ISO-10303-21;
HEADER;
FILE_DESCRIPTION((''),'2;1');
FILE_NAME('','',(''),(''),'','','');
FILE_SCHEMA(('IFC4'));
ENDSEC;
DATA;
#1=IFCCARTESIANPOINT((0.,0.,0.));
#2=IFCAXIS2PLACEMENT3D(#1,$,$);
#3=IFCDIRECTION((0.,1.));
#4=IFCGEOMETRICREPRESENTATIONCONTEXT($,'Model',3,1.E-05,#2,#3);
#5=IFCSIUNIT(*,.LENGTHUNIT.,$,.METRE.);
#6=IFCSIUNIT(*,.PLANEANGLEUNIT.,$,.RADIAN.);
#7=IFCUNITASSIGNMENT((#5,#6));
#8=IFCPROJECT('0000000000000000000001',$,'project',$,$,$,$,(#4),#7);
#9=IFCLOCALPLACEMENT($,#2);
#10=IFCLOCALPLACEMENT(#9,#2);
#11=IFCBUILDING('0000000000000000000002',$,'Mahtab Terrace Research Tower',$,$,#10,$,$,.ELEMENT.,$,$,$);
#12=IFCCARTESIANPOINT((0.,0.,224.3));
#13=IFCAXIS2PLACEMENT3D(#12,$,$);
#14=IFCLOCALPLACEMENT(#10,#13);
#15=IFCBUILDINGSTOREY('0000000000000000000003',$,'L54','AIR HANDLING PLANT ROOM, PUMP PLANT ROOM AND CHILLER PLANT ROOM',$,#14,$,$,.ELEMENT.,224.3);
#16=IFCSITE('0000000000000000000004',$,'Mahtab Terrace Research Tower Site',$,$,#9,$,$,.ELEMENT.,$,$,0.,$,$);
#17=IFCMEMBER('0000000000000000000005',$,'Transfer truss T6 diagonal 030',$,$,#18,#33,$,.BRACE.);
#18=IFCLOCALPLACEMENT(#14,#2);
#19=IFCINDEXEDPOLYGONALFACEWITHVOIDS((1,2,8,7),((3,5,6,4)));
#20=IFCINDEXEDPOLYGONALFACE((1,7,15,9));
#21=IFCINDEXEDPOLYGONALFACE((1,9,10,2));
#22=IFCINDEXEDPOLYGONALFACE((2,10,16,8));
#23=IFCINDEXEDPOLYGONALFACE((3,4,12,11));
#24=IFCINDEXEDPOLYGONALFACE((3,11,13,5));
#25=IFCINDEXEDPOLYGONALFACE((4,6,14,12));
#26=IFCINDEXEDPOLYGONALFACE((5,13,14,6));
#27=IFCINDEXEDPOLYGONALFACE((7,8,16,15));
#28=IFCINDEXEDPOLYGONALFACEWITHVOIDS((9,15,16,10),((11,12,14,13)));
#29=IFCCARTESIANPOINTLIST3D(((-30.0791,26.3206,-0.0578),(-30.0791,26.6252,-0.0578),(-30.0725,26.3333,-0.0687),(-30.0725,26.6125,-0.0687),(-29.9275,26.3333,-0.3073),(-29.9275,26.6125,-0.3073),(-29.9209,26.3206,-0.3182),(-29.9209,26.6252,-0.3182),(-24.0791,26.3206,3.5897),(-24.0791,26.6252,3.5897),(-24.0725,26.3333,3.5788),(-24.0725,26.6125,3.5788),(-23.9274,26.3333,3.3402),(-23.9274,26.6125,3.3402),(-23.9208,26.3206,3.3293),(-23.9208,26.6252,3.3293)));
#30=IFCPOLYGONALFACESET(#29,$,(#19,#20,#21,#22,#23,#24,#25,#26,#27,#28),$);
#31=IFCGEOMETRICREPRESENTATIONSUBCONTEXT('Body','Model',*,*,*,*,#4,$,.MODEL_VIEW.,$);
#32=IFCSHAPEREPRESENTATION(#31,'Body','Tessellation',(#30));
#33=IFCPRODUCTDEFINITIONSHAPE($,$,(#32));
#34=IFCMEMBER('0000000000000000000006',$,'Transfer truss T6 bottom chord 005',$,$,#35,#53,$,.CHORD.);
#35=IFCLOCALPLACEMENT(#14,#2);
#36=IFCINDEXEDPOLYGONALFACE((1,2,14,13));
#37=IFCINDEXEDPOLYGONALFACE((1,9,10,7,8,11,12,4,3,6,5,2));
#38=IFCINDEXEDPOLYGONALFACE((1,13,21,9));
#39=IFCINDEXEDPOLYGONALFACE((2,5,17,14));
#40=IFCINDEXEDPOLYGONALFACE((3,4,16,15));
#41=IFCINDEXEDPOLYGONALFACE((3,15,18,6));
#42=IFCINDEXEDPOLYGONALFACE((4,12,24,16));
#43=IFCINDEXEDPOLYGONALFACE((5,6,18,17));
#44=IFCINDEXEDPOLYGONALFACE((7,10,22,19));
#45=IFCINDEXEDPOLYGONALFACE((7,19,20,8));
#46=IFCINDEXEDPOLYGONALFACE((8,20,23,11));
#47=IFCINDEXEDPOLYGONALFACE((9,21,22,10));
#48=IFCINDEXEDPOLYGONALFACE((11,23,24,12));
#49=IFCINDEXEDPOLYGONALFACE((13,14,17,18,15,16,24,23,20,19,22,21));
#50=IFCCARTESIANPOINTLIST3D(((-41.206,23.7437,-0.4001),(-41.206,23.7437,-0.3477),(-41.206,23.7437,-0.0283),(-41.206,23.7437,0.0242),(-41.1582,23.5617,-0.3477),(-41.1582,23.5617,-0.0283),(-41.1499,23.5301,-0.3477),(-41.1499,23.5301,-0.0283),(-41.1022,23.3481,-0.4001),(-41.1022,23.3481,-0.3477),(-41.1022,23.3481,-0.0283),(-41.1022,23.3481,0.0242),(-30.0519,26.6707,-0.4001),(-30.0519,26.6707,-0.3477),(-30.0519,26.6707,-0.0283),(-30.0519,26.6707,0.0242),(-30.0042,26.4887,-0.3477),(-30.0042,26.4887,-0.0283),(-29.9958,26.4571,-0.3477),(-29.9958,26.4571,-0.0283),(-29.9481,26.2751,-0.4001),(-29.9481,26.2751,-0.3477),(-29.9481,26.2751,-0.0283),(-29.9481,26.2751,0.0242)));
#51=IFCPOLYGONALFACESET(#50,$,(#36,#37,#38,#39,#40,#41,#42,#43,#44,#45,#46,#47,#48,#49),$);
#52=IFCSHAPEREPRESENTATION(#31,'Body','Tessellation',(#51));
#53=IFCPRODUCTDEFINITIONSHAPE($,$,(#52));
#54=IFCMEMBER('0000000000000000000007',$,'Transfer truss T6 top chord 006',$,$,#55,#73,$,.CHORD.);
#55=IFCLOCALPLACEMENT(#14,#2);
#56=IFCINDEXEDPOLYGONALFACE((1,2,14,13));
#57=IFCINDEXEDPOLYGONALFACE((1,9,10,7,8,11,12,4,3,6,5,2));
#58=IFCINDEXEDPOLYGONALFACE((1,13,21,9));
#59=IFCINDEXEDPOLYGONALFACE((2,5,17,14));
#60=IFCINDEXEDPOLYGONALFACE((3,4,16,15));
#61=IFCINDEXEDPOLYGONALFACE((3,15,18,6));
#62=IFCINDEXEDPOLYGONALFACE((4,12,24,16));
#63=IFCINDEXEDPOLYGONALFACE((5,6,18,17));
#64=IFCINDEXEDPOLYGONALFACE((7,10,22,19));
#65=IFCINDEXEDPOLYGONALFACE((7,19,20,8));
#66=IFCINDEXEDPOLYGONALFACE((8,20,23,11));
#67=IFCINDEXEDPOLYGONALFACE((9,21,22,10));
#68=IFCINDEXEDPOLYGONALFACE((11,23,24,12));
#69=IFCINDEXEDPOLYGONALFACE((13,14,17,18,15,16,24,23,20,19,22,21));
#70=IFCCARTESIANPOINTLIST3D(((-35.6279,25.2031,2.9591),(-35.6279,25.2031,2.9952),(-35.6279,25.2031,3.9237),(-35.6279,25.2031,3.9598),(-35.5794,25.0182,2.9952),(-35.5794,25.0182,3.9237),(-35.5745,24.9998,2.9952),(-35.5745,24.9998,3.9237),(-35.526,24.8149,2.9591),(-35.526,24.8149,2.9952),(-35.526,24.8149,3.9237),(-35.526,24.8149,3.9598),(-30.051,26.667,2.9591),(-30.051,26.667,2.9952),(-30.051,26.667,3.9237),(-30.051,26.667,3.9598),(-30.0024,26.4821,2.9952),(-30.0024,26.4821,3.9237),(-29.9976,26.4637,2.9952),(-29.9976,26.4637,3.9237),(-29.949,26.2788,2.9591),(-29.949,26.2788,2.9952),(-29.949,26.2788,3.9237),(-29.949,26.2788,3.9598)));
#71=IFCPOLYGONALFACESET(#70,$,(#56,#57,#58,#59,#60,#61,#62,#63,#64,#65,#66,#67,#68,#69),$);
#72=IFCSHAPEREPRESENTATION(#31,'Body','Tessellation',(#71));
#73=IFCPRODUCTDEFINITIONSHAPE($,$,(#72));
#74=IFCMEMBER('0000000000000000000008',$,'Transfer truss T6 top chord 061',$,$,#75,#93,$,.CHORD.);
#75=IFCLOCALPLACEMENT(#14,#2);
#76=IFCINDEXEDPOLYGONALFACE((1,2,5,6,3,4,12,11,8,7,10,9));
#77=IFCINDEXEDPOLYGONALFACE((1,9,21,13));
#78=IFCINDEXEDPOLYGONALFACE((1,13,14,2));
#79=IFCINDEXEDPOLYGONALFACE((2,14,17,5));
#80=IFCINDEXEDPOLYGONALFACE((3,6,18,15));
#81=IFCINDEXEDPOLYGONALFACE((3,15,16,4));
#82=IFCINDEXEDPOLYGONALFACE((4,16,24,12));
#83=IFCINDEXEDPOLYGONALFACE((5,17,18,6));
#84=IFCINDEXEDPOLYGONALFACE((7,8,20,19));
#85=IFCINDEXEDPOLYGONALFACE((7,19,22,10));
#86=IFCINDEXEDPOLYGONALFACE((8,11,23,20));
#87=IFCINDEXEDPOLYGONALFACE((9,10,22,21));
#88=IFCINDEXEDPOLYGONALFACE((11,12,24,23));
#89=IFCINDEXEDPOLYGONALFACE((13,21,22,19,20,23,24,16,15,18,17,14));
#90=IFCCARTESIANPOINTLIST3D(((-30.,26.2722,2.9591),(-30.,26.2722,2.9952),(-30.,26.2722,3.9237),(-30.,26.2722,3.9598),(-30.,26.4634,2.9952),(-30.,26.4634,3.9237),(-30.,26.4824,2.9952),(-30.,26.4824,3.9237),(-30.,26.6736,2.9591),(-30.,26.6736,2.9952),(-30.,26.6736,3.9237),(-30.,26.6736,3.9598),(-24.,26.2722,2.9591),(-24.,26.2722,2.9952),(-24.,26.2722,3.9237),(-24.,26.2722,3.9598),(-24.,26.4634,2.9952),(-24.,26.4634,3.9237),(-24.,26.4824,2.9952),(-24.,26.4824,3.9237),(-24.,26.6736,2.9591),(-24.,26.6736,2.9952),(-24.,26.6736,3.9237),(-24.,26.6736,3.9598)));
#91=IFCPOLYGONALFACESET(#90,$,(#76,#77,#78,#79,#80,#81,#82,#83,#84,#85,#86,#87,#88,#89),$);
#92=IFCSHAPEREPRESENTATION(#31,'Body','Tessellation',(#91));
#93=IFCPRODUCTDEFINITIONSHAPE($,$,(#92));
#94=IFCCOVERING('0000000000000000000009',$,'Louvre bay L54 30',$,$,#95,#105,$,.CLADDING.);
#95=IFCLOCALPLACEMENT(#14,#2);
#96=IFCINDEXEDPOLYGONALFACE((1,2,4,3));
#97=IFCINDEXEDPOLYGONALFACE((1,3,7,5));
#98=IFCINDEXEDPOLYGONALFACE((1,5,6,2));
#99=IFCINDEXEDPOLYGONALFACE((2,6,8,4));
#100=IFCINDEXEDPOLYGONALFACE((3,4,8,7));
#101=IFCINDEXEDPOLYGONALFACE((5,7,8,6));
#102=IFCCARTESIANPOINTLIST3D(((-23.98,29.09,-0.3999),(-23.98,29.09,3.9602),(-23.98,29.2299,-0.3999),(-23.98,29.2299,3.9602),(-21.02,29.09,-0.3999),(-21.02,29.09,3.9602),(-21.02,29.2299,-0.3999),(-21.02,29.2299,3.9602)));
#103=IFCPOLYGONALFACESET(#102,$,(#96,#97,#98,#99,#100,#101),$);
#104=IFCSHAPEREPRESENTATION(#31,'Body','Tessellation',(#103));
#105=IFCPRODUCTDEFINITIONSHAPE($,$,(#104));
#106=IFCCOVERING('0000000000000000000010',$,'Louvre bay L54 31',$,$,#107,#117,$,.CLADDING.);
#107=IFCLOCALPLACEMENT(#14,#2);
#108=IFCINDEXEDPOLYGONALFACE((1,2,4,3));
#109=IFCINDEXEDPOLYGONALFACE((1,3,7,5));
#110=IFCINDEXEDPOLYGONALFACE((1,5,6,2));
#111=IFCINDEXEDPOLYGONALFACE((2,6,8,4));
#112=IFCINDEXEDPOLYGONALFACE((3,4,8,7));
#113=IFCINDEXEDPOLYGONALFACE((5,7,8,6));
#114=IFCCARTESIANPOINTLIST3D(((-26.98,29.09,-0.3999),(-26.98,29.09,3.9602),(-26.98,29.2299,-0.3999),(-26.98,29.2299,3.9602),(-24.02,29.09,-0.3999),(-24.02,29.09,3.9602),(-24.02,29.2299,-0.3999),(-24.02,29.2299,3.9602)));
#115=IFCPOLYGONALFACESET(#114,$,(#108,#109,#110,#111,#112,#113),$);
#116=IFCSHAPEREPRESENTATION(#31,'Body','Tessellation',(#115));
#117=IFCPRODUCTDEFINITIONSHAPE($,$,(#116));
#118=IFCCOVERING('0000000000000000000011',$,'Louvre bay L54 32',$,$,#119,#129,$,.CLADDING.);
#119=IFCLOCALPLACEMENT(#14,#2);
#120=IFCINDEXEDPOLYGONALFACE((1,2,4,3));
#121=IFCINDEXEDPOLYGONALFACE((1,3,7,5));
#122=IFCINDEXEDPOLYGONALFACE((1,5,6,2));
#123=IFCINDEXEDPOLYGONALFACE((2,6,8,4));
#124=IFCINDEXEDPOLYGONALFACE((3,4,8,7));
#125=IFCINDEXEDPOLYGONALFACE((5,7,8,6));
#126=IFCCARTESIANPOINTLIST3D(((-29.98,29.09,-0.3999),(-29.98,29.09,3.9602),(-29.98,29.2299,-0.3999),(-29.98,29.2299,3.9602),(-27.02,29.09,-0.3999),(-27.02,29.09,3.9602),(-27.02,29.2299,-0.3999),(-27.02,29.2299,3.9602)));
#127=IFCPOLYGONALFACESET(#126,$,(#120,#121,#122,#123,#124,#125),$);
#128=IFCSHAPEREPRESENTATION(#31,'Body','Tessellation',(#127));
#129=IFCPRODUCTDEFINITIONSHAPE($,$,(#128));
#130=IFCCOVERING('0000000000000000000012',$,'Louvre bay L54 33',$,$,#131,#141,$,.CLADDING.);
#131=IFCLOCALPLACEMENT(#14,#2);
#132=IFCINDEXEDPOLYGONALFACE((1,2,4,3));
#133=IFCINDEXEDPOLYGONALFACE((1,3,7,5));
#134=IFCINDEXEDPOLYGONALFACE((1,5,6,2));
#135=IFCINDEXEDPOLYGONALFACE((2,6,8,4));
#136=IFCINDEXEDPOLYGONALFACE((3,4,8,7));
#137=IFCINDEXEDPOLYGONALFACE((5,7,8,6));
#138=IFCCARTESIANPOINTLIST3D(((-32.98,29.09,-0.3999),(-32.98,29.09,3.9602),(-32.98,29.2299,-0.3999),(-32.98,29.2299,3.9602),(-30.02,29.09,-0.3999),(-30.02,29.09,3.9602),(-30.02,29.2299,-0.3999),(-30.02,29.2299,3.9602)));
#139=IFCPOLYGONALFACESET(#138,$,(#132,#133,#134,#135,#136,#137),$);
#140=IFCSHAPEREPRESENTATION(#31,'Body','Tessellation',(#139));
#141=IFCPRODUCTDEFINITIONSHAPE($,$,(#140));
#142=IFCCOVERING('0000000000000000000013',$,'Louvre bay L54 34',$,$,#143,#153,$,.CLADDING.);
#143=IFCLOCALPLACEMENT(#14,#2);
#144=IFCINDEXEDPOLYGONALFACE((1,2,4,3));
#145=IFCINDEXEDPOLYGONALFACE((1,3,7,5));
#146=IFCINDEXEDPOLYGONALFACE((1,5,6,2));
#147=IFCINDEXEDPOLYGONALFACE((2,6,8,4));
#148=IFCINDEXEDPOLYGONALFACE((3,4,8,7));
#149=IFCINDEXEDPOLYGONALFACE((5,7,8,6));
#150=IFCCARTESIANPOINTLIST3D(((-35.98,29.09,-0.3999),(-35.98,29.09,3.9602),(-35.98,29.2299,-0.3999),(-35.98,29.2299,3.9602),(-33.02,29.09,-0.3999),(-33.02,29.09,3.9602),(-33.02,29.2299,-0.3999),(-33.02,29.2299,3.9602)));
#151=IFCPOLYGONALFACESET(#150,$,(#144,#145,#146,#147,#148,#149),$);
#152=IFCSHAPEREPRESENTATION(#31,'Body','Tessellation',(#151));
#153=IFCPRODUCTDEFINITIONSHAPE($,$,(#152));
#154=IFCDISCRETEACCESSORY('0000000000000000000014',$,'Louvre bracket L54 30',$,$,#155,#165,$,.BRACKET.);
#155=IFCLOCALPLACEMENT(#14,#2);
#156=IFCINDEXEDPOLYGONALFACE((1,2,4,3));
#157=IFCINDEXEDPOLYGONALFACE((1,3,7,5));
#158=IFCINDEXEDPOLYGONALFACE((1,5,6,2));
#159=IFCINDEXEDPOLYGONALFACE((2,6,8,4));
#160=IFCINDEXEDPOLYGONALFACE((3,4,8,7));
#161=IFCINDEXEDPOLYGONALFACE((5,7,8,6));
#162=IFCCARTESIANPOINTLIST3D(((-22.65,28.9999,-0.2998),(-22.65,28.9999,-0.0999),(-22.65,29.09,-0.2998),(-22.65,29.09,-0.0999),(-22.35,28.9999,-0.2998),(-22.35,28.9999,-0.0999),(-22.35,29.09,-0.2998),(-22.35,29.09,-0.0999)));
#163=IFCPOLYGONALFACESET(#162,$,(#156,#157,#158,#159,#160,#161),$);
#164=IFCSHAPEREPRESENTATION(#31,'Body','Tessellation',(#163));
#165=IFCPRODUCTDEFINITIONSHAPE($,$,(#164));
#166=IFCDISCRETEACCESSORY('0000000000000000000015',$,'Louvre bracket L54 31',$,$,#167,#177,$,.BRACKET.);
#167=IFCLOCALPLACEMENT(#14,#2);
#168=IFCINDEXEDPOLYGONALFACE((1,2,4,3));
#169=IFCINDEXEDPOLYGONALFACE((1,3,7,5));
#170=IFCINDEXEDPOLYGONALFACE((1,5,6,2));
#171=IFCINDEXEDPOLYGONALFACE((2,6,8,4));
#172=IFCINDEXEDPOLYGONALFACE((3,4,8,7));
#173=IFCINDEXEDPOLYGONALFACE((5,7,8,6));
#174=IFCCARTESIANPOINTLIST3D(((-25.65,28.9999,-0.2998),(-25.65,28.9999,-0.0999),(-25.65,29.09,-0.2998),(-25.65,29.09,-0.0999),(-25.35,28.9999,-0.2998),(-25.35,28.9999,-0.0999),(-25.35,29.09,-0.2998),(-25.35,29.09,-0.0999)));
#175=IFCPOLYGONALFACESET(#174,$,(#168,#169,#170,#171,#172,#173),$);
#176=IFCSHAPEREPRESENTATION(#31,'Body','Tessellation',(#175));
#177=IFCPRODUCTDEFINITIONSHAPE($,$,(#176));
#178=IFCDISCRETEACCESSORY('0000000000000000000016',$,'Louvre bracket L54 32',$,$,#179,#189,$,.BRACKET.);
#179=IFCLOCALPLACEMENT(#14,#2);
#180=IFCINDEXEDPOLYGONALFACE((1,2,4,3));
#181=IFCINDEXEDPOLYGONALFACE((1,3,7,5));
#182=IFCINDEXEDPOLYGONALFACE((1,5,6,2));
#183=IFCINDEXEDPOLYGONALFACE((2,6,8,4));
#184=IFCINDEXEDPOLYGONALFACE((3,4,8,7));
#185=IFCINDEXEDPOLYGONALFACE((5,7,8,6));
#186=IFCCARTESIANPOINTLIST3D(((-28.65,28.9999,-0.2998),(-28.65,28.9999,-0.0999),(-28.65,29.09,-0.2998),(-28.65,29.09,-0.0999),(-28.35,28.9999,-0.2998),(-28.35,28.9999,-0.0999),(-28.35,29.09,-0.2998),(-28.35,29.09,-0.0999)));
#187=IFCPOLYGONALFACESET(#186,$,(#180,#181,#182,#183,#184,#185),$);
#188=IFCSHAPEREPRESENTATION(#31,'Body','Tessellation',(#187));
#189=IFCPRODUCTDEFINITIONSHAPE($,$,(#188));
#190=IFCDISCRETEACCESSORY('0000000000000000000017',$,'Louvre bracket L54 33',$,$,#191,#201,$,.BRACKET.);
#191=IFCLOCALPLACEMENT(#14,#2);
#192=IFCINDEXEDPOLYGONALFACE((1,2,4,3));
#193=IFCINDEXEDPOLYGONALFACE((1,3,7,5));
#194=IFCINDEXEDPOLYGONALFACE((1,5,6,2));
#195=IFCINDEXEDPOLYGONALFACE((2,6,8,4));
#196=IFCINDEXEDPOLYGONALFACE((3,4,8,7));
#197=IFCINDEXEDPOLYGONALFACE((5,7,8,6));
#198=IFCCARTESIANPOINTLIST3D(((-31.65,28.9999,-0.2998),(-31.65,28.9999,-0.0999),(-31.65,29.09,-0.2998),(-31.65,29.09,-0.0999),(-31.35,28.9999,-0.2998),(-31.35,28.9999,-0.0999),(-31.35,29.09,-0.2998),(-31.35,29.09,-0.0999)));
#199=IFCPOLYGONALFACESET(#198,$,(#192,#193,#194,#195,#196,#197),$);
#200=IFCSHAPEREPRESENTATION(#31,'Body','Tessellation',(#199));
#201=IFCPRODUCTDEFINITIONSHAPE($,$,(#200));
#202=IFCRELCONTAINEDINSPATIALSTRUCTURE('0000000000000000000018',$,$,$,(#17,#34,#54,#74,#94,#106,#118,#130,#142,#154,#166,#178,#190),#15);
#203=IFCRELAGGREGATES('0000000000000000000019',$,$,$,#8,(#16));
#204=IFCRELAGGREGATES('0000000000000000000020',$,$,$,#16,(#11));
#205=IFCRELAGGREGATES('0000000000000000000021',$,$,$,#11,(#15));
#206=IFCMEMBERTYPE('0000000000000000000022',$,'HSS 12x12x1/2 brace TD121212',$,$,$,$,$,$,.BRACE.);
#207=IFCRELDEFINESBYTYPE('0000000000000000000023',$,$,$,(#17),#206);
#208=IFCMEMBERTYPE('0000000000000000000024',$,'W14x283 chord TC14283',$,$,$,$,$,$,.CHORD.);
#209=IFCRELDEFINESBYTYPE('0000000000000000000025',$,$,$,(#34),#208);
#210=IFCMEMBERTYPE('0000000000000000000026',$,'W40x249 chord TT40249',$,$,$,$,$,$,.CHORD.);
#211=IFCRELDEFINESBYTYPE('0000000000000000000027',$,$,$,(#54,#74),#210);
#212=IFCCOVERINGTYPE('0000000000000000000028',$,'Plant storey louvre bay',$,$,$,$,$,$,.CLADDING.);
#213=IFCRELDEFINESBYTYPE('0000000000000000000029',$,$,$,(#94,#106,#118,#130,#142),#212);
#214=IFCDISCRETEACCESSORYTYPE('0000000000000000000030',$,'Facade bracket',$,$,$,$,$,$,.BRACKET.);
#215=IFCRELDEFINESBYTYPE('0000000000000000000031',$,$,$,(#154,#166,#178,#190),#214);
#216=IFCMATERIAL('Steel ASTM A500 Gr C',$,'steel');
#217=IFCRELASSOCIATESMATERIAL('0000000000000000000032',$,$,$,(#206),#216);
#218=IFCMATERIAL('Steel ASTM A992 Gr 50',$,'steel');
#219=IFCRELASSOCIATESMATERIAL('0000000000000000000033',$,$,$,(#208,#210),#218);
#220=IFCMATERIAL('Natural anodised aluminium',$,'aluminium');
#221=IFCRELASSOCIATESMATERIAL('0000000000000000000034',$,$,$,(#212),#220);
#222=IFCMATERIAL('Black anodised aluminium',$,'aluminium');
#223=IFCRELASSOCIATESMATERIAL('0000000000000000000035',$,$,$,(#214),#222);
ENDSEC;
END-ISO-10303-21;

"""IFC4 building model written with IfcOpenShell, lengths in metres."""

from ifc_helpers import new_model, si_unit, direction, frame, origin, origin_2d, place, context, subcontext, project, spatial, rectangle, hollow_rectangle, i_section, extrude, material, material_profile, profile_set, type_object, element, save


model = new_model("IFC4")

# Units and contexts
model_context = context("Model", 3, precision=1e-05, world=origin(), true_north=direction((0.0, 1.0)))
body_context = subcontext(model_context, "Body", "Model", "MODEL_VIEW")
ifc_project = project(units=[si_unit("LENGTHUNIT", "METRE"), si_unit("PLANEANGLEUNIT", "RADIAN")], contexts=[model_context])

# Site, building, storey
site_placement = place(None, origin())
site = spatial("IfcSite", under=ifc_project, at=site_placement, Name="Mahtab Terrace Research Tower Site", CompositionType="ELEMENT", RefElevation=0.0)
building_placement = place(site_placement, origin())
building = spatial("IfcBuilding", under=site, at=building_placement, Name="Mahtab Terrace Research Tower", CompositionType="ELEMENT")
storey_placement = place(building_placement, frame((0.0, 0.0, 224.3)))
storey = spatial("IfcBuildingStorey", under=building, at=storey_placement, Name="L54", Description="AIR HANDLING PLANT ROOM, PUMP PLANT ROOM AND CHILLER PLANT ROOM", CompositionType="ELEMENT", Elevation=224.3)

# Members
ifc_material_1 = material(Name="Steel ASTM A500 Gr C", Category="steel")
ifc_material_profile_1 = material_profile(ifc_material_1, hollow_rectangle(XDim=0.3047, YDim=0.3047, WallThickness=0.0127, at=origin_2d()), Name="HSS12X12X1/2")
ifc_profile_set_1 = profile_set([ifc_material_profile_1], Name="Steel ASTM A500 Gr C")
member_type_1 = type_object("IfcMemberType", Name="HSS 12x12x1/2 brace TD121212", PredefinedType="BRACE", material=ifc_profile_set_1)
member_1_placement = place(storey_placement, frame((-30.0, 26.4729, -0.188), z_axis=(0.854497, 0.0, 0.519457), x_axis=(0.0, 1.0, 0.0)))
element("IfcMember", 1, at=member_1_placement, inside=storey, type_object=member_type_1, Name="Transfer truss T6 diagonal 030", PredefinedType="BRACE", context=body_context, shape_type="SweptSolid", body=[
    extrude(hollow_rectangle(XDim=0.3047, YDim=0.3047, WallThickness=0.0127, at=origin_2d()), origin(), (0.0, 0.0, 1.0), 7.0217),
])
ifc_material_2 = material(Name="Steel ASTM A992 Gr 50", Category="steel")
ifc_material_profile_2 = material_profile(ifc_material_2, i_section(OverallWidth=0.4089, OverallDepth=0.4243, WebThickness=0.0327, FlangeThickness=0.0525, at=origin_2d()), Name="W14X283")
ifc_profile_set_2 = profile_set([ifc_material_profile_2], Name="Steel ASTM A992 Gr 50")
member_type_2 = type_object("IfcMemberType", Name="W14x283 chord TC14283", PredefinedType="CHORD", material=ifc_profile_set_2)
member_2_placement = place(storey_placement, frame((-30.0, 26.4729, -0.188), z_axis=(-0.967251, -0.253822, 0.0), x_axis=(0.253822, -0.967251, 0.0)))
element("IfcMember", 2, at=member_2_placement, inside=storey, type_object=member_type_2, Name="Transfer truss T6 bottom chord 005", PredefinedType="CHORD", context=body_context, shape_type="SweptSolid", body=[
    extrude(i_section(OverallWidth=0.4089, OverallDepth=0.4243, WebThickness=0.0327, FlangeThickness=0.0525, at=origin_2d()), origin(), (0.0, 0.0, 1.0), 11.5317),
])
ifc_material_profile_3 = material_profile(ifc_material_2, i_section(OverallWidth=0.4014, OverallDepth=1.0007, WebThickness=0.019, FlangeThickness=0.0361, at=origin_2d()), Name="W40X249")
ifc_profile_set_3 = profile_set([ifc_material_profile_3], Name="Steel ASTM A992 Gr 50")
member_type_3 = type_object("IfcMemberType", Name="W40x249 chord TT40249", PredefinedType="CHORD", material=ifc_profile_set_3)
member_3_placement = place(storey_placement, frame((-30.0, 26.4729, 3.4595), z_axis=(-0.967234, -0.253887, 0.0), x_axis=(0.253887, -0.967234, 0.0)))
element("IfcMember", 3, at=member_3_placement, inside=storey, type_object=member_type_3, Name="Transfer truss T6 top chord 006", PredefinedType="CHORD", context=body_context, shape_type="SweptSolid", body=[
    extrude(i_section(OverallWidth=0.4014, OverallDepth=1.0007, WebThickness=0.019, FlangeThickness=0.0361, at=origin_2d()), origin(), (0.0, 0.0, 1.0), 5.7659),
])
member_4_placement = place(storey_placement, frame((-24.0, 26.4729, 3.4595), z_axis=(-1.0, 0.0, 0.0), x_axis=(0.0, -1.0, 0.0)))
element("IfcMember", 4, at=member_4_placement, inside=storey, type_object=member_type_3, Name="Transfer truss T6 top chord 061", PredefinedType="CHORD", context=body_context, shape_type="SweptSolid", body=[
    extrude(i_section(OverallWidth=0.4014, OverallDepth=1.0007, WebThickness=0.019, FlangeThickness=0.0361, at=origin_2d()), origin(), (0.0, 0.0, 1.0), 6.0),
])

# Coverings
ifc_material_3 = material(Name="Natural anodised aluminium", Category="aluminium")
covering_type = type_object("IfcCoveringType", Name="Plant storey louvre bay", PredefinedType="CLADDING", material=ifc_material_3)
for number, where, z_axis, x_axis, name in (
    (5, (-22.5, 29.1599, -0.3999), (0.0, 0.0, 1.0), (-1.0, 0.0, 0.0), "Louvre bay L54 30"),
    (6, (-25.5, 29.1599, -0.3999), (0.0, 0.0, 1.0), (-1.0, 0.0, 0.0), "Louvre bay L54 31"),
    (7, (-28.5, 29.1599, -0.3999), (0.0, 0.0, 1.0), (-1.0, 0.0, 0.0), "Louvre bay L54 32"),
    (8, (-31.5, 29.1599, -0.3999), (0.0, 0.0, 1.0), (-1.0, 0.0, 0.0), "Louvre bay L54 33"),
    (9, (-34.5, 29.1599, -0.3999), (0.0, 0.0, 1.0), (-1.0, 0.0, 0.0), "Louvre bay L54 34"),
):
    element("IfcCovering", number, at=place(storey_placement, frame(where, z_axis=z_axis, x_axis=x_axis)), inside=storey, type_object=covering_type, Name=name, PredefinedType="CLADDING", context=body_context, shape_type="SweptSolid", body=[
        extrude(rectangle(XDim=2.96, YDim=0.1399, at=origin_2d()), origin(), (0.0, 0.0, 1.0), 4.3601),
    ])

# Discrete accessories
ifc_material_4 = material(Name="Black anodised aluminium", Category="aluminium")
discrete_accessory_type_1 = type_object("IfcDiscreteAccessoryType", Name="Facade bracket", PredefinedType="BRACKET", material=ifc_material_4)
for number, where, z_axis, x_axis, name in (
    (10, (-22.5, 29.0449, -0.2998), (0.0, 0.0, 1.0), (-1.0, 0.0, 0.0), "Louvre bracket L54 30"),
    (11, (-25.5, 29.0449, -0.2998), (0.0, 0.0, 1.0), (-1.0, 0.0, 0.0), "Louvre bracket L54 31"),
    (12, (-28.5, 29.0449, -0.2998), (0.0, 0.0, 1.0), (-1.0, 0.0, 0.0), "Louvre bracket L54 32"),
    (13, (-31.5, 29.0449, -0.2998), (0.0, 0.0, 1.0), (-1.0, 0.0, 0.0), "Louvre bracket L54 33"),
):
    element("IfcDiscreteAccessory", number, at=place(storey_placement, frame(where, z_axis=z_axis, x_axis=x_axis)), inside=storey, type_object=discrete_accessory_type_1, Name=name, PredefinedType="BRACKET", context=body_context, shape_type="SweptSolid", body=[
        extrude(rectangle(XDim=0.3, YDim=0.0901, at=origin_2d()), origin(), (0.0, 0.0, 1.0), 0.2),
    ])

save(model, "model.ifc")
